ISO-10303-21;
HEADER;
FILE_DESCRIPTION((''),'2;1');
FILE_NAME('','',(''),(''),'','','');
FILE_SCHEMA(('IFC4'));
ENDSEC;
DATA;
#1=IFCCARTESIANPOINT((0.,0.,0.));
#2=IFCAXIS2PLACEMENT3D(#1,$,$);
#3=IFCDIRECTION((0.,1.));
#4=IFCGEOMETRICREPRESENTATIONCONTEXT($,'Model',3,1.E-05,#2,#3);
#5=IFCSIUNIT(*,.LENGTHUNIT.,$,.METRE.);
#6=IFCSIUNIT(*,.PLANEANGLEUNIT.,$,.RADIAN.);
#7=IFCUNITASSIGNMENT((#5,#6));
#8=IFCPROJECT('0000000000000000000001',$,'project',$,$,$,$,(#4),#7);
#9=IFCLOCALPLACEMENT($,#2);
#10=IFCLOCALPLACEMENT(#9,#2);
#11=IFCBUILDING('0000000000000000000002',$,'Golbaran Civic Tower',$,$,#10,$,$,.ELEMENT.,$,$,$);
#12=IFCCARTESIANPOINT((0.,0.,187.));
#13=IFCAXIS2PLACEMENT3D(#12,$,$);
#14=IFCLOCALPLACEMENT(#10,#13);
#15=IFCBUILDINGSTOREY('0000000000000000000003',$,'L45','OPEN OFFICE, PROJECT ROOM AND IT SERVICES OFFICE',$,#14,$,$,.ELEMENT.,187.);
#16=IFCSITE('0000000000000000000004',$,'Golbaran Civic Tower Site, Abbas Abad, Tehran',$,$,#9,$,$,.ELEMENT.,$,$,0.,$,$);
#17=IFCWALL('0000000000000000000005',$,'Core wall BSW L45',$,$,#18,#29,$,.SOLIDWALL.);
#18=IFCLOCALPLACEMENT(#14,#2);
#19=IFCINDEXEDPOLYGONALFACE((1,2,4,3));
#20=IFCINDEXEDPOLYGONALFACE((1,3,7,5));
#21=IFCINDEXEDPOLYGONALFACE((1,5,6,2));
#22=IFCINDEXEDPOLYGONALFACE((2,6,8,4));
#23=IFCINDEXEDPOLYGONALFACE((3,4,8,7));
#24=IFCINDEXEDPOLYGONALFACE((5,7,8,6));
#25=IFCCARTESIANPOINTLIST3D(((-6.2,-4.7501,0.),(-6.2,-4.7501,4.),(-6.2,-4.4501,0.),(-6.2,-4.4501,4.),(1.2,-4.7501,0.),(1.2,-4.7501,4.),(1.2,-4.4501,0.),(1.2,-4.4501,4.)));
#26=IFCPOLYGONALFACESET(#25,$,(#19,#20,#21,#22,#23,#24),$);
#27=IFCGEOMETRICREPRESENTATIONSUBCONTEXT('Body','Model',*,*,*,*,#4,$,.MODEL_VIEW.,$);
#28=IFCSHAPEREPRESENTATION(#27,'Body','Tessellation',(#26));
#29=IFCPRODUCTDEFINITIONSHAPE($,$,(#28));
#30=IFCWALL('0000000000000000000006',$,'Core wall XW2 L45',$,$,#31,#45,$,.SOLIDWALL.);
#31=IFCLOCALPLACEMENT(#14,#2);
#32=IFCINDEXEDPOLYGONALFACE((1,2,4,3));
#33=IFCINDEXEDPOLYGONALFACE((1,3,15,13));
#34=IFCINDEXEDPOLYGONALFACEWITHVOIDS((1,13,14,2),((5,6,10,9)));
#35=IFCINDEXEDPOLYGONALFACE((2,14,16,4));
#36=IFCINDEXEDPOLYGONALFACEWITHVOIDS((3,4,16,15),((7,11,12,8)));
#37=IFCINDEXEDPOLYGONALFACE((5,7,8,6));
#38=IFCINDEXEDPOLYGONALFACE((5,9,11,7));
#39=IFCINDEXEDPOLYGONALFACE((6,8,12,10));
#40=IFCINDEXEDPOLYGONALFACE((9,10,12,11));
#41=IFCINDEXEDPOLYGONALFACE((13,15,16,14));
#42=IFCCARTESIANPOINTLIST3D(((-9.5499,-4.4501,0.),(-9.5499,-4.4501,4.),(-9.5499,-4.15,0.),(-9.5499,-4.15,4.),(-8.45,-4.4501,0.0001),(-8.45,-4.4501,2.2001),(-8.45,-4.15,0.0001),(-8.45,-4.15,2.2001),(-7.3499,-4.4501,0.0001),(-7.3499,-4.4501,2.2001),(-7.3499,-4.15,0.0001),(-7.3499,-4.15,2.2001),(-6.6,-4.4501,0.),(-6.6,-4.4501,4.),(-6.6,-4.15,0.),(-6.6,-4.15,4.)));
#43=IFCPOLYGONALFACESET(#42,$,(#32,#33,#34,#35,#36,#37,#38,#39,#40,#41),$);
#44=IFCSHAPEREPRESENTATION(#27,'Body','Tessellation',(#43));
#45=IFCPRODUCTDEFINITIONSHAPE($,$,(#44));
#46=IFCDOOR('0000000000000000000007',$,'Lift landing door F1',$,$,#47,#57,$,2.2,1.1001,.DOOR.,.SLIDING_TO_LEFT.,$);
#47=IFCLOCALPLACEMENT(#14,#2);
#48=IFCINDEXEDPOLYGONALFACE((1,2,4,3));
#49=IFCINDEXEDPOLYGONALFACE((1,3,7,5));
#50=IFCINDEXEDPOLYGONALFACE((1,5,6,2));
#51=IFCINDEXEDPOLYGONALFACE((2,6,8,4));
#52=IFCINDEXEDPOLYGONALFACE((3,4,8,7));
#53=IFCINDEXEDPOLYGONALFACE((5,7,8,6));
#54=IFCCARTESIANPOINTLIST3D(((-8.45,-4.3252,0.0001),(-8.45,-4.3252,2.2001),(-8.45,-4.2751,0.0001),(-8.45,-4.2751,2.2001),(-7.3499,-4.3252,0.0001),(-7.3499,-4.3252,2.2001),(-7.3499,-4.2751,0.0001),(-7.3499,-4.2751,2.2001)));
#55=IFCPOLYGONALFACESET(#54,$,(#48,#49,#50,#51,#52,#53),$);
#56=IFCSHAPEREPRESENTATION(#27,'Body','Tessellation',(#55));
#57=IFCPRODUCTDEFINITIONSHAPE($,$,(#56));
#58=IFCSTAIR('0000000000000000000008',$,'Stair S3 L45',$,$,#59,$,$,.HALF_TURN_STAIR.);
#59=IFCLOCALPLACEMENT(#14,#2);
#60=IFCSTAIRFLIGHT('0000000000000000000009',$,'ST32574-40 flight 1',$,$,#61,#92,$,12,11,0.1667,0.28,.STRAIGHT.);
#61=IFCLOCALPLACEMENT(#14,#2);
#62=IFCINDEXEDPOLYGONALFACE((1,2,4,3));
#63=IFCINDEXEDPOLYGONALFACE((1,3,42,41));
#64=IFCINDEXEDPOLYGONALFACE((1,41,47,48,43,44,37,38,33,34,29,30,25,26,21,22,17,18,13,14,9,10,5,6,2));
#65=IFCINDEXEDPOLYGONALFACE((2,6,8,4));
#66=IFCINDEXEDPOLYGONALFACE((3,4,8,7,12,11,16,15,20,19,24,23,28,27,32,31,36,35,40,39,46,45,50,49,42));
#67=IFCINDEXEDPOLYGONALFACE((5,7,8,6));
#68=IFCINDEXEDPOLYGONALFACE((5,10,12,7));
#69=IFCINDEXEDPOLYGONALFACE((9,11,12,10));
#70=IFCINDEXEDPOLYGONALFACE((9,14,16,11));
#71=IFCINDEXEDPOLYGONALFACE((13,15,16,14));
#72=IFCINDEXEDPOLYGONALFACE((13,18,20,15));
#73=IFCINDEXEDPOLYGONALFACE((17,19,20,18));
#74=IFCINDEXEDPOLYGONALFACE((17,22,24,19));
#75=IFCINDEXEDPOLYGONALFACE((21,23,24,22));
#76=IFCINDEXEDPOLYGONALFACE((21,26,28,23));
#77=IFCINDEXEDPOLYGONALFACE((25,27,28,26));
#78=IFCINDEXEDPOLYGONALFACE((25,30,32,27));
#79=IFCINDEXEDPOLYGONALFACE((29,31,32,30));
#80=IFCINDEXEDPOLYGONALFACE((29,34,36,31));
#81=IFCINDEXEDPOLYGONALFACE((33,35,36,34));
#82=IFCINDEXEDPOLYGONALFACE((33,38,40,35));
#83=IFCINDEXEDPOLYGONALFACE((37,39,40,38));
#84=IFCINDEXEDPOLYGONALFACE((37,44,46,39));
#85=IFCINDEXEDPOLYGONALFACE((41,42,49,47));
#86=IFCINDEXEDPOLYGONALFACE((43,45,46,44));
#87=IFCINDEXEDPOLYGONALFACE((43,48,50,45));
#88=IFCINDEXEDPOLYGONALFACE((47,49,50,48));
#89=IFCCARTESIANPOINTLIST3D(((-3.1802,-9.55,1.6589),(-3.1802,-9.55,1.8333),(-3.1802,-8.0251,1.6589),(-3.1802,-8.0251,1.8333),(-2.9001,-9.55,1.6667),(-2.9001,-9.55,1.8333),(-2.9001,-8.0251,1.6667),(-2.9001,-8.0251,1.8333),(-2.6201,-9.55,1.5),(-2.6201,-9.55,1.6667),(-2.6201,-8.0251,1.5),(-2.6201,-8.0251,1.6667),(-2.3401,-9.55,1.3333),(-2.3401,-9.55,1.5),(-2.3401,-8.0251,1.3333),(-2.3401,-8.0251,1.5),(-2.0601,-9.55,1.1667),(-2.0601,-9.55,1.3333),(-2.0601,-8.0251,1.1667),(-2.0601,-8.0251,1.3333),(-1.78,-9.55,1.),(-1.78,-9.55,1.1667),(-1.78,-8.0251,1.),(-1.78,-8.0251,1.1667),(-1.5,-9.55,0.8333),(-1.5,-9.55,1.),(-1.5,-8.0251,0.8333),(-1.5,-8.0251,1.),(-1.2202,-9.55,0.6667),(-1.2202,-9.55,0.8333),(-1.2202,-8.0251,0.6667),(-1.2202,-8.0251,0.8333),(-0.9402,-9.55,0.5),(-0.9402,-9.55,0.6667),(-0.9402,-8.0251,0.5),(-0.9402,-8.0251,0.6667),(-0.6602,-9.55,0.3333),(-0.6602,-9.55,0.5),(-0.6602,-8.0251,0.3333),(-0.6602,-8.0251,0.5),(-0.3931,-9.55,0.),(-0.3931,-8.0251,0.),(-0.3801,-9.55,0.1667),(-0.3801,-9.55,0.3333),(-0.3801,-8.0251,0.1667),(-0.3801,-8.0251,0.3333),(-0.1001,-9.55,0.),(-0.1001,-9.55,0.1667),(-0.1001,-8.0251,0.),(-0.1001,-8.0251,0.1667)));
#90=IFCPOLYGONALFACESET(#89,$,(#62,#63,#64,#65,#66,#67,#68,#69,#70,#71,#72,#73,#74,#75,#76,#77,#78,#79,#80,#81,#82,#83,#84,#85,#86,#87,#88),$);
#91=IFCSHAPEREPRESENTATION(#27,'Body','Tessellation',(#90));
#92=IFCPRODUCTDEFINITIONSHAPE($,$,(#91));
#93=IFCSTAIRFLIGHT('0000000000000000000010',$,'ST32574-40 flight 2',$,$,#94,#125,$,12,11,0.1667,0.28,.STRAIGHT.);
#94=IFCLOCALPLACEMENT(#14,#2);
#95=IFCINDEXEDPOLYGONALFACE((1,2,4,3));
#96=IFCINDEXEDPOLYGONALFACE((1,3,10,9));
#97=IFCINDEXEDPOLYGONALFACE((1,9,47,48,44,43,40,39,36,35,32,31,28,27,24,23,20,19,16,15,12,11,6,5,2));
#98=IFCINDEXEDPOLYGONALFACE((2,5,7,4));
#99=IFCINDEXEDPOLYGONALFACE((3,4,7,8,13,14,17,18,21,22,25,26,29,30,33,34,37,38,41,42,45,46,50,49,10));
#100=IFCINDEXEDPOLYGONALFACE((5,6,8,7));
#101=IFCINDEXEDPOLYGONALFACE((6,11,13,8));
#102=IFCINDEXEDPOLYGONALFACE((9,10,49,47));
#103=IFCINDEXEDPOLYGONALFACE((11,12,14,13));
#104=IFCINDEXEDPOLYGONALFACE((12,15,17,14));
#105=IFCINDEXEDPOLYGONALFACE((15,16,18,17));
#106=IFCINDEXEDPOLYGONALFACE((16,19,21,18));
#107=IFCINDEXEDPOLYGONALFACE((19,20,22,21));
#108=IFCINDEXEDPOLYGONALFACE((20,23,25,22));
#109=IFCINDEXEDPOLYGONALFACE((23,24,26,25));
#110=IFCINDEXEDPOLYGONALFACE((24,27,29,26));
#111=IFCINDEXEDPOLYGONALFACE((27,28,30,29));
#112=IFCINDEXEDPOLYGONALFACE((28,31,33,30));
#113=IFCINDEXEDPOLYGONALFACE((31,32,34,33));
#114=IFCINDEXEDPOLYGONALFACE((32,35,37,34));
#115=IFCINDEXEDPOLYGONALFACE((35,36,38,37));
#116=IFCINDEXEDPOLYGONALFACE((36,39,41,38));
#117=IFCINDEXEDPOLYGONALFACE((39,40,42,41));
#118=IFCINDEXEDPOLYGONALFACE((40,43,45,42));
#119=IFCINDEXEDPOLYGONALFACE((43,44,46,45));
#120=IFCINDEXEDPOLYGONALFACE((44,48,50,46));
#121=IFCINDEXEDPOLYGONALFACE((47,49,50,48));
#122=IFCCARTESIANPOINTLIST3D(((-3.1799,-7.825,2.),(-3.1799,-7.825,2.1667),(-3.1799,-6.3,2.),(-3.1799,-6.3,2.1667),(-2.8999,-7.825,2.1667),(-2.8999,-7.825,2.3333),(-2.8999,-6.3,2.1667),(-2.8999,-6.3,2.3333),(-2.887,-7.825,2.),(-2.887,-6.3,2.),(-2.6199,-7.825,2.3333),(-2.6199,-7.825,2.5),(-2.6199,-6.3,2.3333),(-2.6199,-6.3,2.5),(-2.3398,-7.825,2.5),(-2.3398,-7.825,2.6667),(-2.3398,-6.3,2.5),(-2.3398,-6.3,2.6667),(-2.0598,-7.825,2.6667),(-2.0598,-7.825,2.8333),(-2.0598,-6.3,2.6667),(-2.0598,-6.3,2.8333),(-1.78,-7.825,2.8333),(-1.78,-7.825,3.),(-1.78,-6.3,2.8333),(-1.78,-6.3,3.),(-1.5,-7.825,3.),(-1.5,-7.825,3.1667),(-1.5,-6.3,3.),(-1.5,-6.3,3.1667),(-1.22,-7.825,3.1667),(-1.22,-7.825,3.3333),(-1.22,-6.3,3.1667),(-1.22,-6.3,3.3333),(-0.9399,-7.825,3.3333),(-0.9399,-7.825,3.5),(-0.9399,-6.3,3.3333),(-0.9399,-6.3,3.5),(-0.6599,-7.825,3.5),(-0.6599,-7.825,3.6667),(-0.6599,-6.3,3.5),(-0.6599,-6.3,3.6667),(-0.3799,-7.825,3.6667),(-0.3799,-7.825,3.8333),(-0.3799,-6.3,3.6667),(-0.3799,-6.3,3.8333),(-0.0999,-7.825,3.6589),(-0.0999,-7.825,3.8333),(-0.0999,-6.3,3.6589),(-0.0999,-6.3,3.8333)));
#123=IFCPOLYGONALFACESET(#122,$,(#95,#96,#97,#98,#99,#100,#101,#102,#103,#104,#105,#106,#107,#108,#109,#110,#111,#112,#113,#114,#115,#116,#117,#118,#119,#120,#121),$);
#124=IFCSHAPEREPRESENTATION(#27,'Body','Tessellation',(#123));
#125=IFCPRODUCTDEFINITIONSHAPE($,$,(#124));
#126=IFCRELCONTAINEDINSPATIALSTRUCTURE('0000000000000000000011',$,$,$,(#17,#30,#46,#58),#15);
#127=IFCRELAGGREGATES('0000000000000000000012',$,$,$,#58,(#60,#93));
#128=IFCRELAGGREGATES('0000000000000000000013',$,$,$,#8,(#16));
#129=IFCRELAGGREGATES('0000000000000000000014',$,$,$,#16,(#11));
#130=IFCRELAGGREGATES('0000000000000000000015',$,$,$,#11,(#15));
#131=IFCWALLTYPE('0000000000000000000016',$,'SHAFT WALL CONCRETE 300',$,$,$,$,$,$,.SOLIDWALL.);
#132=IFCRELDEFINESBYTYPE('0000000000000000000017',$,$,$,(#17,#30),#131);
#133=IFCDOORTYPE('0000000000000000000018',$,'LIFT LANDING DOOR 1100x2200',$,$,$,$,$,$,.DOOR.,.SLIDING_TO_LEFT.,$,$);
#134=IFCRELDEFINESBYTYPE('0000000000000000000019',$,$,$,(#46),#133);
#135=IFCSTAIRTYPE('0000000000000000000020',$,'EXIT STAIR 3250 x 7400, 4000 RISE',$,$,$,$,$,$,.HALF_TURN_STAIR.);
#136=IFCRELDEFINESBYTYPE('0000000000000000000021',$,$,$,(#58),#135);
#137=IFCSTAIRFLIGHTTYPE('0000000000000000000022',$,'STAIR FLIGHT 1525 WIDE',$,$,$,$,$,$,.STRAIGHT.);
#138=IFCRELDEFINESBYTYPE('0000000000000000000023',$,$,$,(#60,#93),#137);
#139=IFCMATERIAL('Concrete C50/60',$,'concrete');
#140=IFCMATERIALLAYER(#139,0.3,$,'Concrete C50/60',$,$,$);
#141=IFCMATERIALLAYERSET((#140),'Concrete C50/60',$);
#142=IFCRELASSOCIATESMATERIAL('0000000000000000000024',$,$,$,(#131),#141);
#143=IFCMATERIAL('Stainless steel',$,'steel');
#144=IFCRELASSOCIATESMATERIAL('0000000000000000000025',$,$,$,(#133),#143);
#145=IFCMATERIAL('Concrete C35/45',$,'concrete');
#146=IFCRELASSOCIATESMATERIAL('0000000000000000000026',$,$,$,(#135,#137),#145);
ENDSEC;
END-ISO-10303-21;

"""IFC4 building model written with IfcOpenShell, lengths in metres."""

from ifc_helpers import new_model, si_unit, direction, frame, frame_2d, origin, place, context, subcontext, project, spatial, polyline, rectangle, outline, extrude, material, layer, layer_set, type_object, element, fill, aggregate, save


model = new_model("IFC4")

# Units and contexts
model_context = context("Model", 3, precision=1e-05, world=origin(), true_north=direction((0.0, 1.0)))
body_context = subcontext(model_context, "Body", "Model", "MODEL_VIEW")
ifc_project = project(units=[si_unit("LENGTHUNIT", "METRE"), si_unit("PLANEANGLEUNIT", "RADIAN")], contexts=[model_context])

# Site, building, storey
site_placement = place(None, origin())
site = spatial("IfcSite", under=ifc_project, at=site_placement, Name="Golbaran Civic Tower Site, Abbas Abad, Tehran", CompositionType="ELEMENT", RefElevation=0.0)
building_placement = place(site_placement, origin())
building = spatial("IfcBuilding", under=site, at=building_placement, Name="Golbaran Civic Tower", CompositionType="ELEMENT")
storey_placement = place(building_placement, frame((0.0, 0.0, 187.0)))
storey = spatial("IfcBuildingStorey", under=building, at=storey_placement, Name="L45", Description="OPEN OFFICE, PROJECT ROOM AND IT SERVICES OFFICE", CompositionType="ELEMENT", Elevation=187.0)

# Shared definitions
ifc_material_1 = material(Name="Concrete C50/60", Category="concrete")

# Wall
ifc_layer_1 = layer(ifc_material_1, 0.3, Name="Concrete C50/60")
ifc_layer_set_1 = layer_set([ifc_layer_1], Name="Concrete C50/60")
wall_type_1 = type_object("IfcWallType", Name="SHAFT WALL CONCRETE 300", PredefinedType="SOLIDWALL", material=ifc_layer_set_1)
for number, where, z_axis, x_axis, name in (
    (1, (-6.2, -4.6001, 0.0), (0.0, 0.0, 1.0), (1.0, 0.0, 0.0), "Core wall BSW L45"),
):
    element("IfcWall", number, at=place(storey_placement, frame(where, z_axis=z_axis, x_axis=x_axis)), inside=storey, type_object=wall_type_1, Name=name, PredefinedType="SOLIDWALL", context=body_context, shape_type="SweptSolid", body=[
        extrude(rectangle(XDim=7.3999, YDim=0.3, at=frame_2d((3.7, 0.0))), origin(), (0.0, 0.0, 1.0), 4.0),
    ])

# Wall, opening, door
wall_1_placement = place(storey_placement, frame((-9.55, -4.3, 0.0), z_axis=(0.0, 0.0, 1.0), x_axis=(1.0, 0.0, 0.0)))
wall_1 = element("IfcWall", 2, at=wall_1_placement, inside=storey, type_object=wall_type_1, Name="Core wall XW2 L45", PredefinedType="SOLIDWALL", context=body_context, shape_type="SweptSolid", body=[
    extrude(rectangle(XDim=2.95, YDim=0.3, at=frame_2d((1.4751, 0.0))), origin(), (0.0, 0.0, 1.0), 4.0),
])
opening_1_placement = place(wall_1_placement, frame((1.1001, 0.0, 0.0)))
opening_1 = element("IfcOpeningElement", 3, at=opening_1_placement, cuts=wall_1, PredefinedType="OPENING", context=body_context, shape_type="SweptSolid", body=[
    extrude(rectangle(XDim=1.1001, YDim=2.2, at=frame_2d((0.55, 1.1001))), frame((0.0, 0.1599, 0.0), z_axis=(0.0, -1.0, 0.0), x_axis=(1.0, 0.0, 0.0)), (0.0, 0.0, 1.0), 0.3201),
])
ifc_material_2 = material(Name="Stainless steel", Category="steel")
door_type_1 = type_object("IfcDoorType", Name="LIFT LANDING DOOR 1100x2200", OperationType="SLIDING_TO_LEFT", PredefinedType="DOOR", material=ifc_material_2)
door_1_placement = place(opening_1_placement, origin())
door_1 = element("IfcDoor", 4, at=door_1_placement, inside=storey, type_object=door_type_1, Name="Lift landing door F1", OperationType="SLIDING_TO_LEFT", OverallHeight=2.2, OverallWidth=1.1001, PredefinedType="DOOR", context=body_context, shape_type="SweptSolid", body=[
    extrude(rectangle(XDim=1.1001, YDim=2.2, at=frame_2d((0.55, 1.1001))), frame((0.0, 0.0249, 0.0), z_axis=(0.0, -1.0, 0.0), x_axis=(1.0, 0.0, 0.0)), (0.0, 0.0, 1.0), 0.05),
])
fill(opening_1, door_1)

# Stair, stair flights
ifc_material_3 = material(Name="Concrete C35/45", Category="concrete")
stair_type = type_object("IfcStairType", Name="EXIT STAIR 3250 x 7400, 4000 RISE", PredefinedType="HALF_TURN_STAIR", material=ifc_material_3)
stair_placement = place(storey_placement, origin())
stair = element("IfcStair", 5, at=stair_placement, inside=storey, type_object=stair_type, Name="Stair S3 L45", PredefinedType="HALF_TURN_STAIR")
stair_flight_type = type_object("IfcStairFlightType", Name="STAIR FLIGHT 1525 WIDE", PredefinedType="STRAIGHT", material=ifc_material_3)
stair_flight_1_placement = place(storey_placement, frame((-0.1001, -8.7876, 0.0), z_axis=(0.0, 0.0, 1.0), x_axis=(-1.0, 0.0, 0.0)))
stair_flight_1 = element("IfcStairFlight", 6, at=stair_flight_1_placement, type_object=stair_flight_type, Name="ST32574-40 flight 1", NumberOfRisers=12, NumberOfTreads=11, PredefinedType="STRAIGHT", RiserHeight=0.1667, TreadLength=0.28, context=body_context, shape_type="SweptSolid", body=[
    extrude(outline(polyline([(0.0, 0.0), (0.0, 0.1667), (0.28, 0.1667), (0.28, 0.3333), (0.5601, 0.3333), (0.5601, 0.5), (0.8401, 0.5), (0.8401, 0.6667), (1.1201, 0.6667), (1.1201, 0.8333), (1.3999, 0.8333), (1.3999, 1.0), (1.6799, 1.0), (1.6799, 1.1667), (1.96, 1.1667), (1.96, 1.3333), (2.24, 1.3333), (2.24, 1.5), (2.52, 1.5), (2.52, 1.6667), (2.8, 1.6667), (2.8, 1.8333), (3.0801, 1.8333), (3.0801, 2.0), (3.0801, 1.6589), (0.293, 0.0), (0.0, 0.0)])), frame((0.0, 0.7625, 0.0), z_axis=(0.0, -1.0, 0.0), x_axis=(1.0, 0.0, 0.0)), (0.0, 0.0, 1.0), 1.5249),
])
stair_flight_2_placement = place(storey_placement, frame((-3.1799, -7.0625, 2.0), z_axis=(0.0, 0.0, 1.0), x_axis=(1.0, 0.0, 0.0)))
stair_flight_2 = element("IfcStairFlight", 7, at=stair_flight_2_placement, type_object=stair_flight_type, Name="ST32574-40 flight 2", NumberOfRisers=12, NumberOfTreads=11, PredefinedType="STRAIGHT", RiserHeight=0.1667, TreadLength=0.28, context=body_context, shape_type="SweptSolid", body=[
    extrude(outline(polyline([(0.0, 0.0), (0.0, 0.1667), (0.28, 0.1667), (0.28, 0.3333), (0.5601, 0.3333), (0.5601, 0.5), (0.8401, 0.5), (0.8401, 0.6667), (1.1201, 0.6667), (1.1201, 0.8333), (1.3999, 0.8333), (1.3999, 1.0), (1.6799, 1.0), (1.6799, 1.1667), (1.96, 1.1667), (1.96, 1.3333), (2.24, 1.3333), (2.24, 1.5), (2.52, 1.5), (2.52, 1.6667), (2.8, 1.6667), (2.8, 1.8333), (3.0801, 1.8333), (3.0801, 2.0), (3.0801, 1.6589), (0.293, 0.0), (0.0, 0.0)])), frame((0.0, 0.7625, 0.0), z_axis=(0.0, -1.0, 0.0), x_axis=(1.0, 0.0, 0.0)), (0.0, 0.0, 1.0), 1.5249),
])
aggregate(stair, [stair_flight_1, stair_flight_2])

save(model, "model.ifc")
